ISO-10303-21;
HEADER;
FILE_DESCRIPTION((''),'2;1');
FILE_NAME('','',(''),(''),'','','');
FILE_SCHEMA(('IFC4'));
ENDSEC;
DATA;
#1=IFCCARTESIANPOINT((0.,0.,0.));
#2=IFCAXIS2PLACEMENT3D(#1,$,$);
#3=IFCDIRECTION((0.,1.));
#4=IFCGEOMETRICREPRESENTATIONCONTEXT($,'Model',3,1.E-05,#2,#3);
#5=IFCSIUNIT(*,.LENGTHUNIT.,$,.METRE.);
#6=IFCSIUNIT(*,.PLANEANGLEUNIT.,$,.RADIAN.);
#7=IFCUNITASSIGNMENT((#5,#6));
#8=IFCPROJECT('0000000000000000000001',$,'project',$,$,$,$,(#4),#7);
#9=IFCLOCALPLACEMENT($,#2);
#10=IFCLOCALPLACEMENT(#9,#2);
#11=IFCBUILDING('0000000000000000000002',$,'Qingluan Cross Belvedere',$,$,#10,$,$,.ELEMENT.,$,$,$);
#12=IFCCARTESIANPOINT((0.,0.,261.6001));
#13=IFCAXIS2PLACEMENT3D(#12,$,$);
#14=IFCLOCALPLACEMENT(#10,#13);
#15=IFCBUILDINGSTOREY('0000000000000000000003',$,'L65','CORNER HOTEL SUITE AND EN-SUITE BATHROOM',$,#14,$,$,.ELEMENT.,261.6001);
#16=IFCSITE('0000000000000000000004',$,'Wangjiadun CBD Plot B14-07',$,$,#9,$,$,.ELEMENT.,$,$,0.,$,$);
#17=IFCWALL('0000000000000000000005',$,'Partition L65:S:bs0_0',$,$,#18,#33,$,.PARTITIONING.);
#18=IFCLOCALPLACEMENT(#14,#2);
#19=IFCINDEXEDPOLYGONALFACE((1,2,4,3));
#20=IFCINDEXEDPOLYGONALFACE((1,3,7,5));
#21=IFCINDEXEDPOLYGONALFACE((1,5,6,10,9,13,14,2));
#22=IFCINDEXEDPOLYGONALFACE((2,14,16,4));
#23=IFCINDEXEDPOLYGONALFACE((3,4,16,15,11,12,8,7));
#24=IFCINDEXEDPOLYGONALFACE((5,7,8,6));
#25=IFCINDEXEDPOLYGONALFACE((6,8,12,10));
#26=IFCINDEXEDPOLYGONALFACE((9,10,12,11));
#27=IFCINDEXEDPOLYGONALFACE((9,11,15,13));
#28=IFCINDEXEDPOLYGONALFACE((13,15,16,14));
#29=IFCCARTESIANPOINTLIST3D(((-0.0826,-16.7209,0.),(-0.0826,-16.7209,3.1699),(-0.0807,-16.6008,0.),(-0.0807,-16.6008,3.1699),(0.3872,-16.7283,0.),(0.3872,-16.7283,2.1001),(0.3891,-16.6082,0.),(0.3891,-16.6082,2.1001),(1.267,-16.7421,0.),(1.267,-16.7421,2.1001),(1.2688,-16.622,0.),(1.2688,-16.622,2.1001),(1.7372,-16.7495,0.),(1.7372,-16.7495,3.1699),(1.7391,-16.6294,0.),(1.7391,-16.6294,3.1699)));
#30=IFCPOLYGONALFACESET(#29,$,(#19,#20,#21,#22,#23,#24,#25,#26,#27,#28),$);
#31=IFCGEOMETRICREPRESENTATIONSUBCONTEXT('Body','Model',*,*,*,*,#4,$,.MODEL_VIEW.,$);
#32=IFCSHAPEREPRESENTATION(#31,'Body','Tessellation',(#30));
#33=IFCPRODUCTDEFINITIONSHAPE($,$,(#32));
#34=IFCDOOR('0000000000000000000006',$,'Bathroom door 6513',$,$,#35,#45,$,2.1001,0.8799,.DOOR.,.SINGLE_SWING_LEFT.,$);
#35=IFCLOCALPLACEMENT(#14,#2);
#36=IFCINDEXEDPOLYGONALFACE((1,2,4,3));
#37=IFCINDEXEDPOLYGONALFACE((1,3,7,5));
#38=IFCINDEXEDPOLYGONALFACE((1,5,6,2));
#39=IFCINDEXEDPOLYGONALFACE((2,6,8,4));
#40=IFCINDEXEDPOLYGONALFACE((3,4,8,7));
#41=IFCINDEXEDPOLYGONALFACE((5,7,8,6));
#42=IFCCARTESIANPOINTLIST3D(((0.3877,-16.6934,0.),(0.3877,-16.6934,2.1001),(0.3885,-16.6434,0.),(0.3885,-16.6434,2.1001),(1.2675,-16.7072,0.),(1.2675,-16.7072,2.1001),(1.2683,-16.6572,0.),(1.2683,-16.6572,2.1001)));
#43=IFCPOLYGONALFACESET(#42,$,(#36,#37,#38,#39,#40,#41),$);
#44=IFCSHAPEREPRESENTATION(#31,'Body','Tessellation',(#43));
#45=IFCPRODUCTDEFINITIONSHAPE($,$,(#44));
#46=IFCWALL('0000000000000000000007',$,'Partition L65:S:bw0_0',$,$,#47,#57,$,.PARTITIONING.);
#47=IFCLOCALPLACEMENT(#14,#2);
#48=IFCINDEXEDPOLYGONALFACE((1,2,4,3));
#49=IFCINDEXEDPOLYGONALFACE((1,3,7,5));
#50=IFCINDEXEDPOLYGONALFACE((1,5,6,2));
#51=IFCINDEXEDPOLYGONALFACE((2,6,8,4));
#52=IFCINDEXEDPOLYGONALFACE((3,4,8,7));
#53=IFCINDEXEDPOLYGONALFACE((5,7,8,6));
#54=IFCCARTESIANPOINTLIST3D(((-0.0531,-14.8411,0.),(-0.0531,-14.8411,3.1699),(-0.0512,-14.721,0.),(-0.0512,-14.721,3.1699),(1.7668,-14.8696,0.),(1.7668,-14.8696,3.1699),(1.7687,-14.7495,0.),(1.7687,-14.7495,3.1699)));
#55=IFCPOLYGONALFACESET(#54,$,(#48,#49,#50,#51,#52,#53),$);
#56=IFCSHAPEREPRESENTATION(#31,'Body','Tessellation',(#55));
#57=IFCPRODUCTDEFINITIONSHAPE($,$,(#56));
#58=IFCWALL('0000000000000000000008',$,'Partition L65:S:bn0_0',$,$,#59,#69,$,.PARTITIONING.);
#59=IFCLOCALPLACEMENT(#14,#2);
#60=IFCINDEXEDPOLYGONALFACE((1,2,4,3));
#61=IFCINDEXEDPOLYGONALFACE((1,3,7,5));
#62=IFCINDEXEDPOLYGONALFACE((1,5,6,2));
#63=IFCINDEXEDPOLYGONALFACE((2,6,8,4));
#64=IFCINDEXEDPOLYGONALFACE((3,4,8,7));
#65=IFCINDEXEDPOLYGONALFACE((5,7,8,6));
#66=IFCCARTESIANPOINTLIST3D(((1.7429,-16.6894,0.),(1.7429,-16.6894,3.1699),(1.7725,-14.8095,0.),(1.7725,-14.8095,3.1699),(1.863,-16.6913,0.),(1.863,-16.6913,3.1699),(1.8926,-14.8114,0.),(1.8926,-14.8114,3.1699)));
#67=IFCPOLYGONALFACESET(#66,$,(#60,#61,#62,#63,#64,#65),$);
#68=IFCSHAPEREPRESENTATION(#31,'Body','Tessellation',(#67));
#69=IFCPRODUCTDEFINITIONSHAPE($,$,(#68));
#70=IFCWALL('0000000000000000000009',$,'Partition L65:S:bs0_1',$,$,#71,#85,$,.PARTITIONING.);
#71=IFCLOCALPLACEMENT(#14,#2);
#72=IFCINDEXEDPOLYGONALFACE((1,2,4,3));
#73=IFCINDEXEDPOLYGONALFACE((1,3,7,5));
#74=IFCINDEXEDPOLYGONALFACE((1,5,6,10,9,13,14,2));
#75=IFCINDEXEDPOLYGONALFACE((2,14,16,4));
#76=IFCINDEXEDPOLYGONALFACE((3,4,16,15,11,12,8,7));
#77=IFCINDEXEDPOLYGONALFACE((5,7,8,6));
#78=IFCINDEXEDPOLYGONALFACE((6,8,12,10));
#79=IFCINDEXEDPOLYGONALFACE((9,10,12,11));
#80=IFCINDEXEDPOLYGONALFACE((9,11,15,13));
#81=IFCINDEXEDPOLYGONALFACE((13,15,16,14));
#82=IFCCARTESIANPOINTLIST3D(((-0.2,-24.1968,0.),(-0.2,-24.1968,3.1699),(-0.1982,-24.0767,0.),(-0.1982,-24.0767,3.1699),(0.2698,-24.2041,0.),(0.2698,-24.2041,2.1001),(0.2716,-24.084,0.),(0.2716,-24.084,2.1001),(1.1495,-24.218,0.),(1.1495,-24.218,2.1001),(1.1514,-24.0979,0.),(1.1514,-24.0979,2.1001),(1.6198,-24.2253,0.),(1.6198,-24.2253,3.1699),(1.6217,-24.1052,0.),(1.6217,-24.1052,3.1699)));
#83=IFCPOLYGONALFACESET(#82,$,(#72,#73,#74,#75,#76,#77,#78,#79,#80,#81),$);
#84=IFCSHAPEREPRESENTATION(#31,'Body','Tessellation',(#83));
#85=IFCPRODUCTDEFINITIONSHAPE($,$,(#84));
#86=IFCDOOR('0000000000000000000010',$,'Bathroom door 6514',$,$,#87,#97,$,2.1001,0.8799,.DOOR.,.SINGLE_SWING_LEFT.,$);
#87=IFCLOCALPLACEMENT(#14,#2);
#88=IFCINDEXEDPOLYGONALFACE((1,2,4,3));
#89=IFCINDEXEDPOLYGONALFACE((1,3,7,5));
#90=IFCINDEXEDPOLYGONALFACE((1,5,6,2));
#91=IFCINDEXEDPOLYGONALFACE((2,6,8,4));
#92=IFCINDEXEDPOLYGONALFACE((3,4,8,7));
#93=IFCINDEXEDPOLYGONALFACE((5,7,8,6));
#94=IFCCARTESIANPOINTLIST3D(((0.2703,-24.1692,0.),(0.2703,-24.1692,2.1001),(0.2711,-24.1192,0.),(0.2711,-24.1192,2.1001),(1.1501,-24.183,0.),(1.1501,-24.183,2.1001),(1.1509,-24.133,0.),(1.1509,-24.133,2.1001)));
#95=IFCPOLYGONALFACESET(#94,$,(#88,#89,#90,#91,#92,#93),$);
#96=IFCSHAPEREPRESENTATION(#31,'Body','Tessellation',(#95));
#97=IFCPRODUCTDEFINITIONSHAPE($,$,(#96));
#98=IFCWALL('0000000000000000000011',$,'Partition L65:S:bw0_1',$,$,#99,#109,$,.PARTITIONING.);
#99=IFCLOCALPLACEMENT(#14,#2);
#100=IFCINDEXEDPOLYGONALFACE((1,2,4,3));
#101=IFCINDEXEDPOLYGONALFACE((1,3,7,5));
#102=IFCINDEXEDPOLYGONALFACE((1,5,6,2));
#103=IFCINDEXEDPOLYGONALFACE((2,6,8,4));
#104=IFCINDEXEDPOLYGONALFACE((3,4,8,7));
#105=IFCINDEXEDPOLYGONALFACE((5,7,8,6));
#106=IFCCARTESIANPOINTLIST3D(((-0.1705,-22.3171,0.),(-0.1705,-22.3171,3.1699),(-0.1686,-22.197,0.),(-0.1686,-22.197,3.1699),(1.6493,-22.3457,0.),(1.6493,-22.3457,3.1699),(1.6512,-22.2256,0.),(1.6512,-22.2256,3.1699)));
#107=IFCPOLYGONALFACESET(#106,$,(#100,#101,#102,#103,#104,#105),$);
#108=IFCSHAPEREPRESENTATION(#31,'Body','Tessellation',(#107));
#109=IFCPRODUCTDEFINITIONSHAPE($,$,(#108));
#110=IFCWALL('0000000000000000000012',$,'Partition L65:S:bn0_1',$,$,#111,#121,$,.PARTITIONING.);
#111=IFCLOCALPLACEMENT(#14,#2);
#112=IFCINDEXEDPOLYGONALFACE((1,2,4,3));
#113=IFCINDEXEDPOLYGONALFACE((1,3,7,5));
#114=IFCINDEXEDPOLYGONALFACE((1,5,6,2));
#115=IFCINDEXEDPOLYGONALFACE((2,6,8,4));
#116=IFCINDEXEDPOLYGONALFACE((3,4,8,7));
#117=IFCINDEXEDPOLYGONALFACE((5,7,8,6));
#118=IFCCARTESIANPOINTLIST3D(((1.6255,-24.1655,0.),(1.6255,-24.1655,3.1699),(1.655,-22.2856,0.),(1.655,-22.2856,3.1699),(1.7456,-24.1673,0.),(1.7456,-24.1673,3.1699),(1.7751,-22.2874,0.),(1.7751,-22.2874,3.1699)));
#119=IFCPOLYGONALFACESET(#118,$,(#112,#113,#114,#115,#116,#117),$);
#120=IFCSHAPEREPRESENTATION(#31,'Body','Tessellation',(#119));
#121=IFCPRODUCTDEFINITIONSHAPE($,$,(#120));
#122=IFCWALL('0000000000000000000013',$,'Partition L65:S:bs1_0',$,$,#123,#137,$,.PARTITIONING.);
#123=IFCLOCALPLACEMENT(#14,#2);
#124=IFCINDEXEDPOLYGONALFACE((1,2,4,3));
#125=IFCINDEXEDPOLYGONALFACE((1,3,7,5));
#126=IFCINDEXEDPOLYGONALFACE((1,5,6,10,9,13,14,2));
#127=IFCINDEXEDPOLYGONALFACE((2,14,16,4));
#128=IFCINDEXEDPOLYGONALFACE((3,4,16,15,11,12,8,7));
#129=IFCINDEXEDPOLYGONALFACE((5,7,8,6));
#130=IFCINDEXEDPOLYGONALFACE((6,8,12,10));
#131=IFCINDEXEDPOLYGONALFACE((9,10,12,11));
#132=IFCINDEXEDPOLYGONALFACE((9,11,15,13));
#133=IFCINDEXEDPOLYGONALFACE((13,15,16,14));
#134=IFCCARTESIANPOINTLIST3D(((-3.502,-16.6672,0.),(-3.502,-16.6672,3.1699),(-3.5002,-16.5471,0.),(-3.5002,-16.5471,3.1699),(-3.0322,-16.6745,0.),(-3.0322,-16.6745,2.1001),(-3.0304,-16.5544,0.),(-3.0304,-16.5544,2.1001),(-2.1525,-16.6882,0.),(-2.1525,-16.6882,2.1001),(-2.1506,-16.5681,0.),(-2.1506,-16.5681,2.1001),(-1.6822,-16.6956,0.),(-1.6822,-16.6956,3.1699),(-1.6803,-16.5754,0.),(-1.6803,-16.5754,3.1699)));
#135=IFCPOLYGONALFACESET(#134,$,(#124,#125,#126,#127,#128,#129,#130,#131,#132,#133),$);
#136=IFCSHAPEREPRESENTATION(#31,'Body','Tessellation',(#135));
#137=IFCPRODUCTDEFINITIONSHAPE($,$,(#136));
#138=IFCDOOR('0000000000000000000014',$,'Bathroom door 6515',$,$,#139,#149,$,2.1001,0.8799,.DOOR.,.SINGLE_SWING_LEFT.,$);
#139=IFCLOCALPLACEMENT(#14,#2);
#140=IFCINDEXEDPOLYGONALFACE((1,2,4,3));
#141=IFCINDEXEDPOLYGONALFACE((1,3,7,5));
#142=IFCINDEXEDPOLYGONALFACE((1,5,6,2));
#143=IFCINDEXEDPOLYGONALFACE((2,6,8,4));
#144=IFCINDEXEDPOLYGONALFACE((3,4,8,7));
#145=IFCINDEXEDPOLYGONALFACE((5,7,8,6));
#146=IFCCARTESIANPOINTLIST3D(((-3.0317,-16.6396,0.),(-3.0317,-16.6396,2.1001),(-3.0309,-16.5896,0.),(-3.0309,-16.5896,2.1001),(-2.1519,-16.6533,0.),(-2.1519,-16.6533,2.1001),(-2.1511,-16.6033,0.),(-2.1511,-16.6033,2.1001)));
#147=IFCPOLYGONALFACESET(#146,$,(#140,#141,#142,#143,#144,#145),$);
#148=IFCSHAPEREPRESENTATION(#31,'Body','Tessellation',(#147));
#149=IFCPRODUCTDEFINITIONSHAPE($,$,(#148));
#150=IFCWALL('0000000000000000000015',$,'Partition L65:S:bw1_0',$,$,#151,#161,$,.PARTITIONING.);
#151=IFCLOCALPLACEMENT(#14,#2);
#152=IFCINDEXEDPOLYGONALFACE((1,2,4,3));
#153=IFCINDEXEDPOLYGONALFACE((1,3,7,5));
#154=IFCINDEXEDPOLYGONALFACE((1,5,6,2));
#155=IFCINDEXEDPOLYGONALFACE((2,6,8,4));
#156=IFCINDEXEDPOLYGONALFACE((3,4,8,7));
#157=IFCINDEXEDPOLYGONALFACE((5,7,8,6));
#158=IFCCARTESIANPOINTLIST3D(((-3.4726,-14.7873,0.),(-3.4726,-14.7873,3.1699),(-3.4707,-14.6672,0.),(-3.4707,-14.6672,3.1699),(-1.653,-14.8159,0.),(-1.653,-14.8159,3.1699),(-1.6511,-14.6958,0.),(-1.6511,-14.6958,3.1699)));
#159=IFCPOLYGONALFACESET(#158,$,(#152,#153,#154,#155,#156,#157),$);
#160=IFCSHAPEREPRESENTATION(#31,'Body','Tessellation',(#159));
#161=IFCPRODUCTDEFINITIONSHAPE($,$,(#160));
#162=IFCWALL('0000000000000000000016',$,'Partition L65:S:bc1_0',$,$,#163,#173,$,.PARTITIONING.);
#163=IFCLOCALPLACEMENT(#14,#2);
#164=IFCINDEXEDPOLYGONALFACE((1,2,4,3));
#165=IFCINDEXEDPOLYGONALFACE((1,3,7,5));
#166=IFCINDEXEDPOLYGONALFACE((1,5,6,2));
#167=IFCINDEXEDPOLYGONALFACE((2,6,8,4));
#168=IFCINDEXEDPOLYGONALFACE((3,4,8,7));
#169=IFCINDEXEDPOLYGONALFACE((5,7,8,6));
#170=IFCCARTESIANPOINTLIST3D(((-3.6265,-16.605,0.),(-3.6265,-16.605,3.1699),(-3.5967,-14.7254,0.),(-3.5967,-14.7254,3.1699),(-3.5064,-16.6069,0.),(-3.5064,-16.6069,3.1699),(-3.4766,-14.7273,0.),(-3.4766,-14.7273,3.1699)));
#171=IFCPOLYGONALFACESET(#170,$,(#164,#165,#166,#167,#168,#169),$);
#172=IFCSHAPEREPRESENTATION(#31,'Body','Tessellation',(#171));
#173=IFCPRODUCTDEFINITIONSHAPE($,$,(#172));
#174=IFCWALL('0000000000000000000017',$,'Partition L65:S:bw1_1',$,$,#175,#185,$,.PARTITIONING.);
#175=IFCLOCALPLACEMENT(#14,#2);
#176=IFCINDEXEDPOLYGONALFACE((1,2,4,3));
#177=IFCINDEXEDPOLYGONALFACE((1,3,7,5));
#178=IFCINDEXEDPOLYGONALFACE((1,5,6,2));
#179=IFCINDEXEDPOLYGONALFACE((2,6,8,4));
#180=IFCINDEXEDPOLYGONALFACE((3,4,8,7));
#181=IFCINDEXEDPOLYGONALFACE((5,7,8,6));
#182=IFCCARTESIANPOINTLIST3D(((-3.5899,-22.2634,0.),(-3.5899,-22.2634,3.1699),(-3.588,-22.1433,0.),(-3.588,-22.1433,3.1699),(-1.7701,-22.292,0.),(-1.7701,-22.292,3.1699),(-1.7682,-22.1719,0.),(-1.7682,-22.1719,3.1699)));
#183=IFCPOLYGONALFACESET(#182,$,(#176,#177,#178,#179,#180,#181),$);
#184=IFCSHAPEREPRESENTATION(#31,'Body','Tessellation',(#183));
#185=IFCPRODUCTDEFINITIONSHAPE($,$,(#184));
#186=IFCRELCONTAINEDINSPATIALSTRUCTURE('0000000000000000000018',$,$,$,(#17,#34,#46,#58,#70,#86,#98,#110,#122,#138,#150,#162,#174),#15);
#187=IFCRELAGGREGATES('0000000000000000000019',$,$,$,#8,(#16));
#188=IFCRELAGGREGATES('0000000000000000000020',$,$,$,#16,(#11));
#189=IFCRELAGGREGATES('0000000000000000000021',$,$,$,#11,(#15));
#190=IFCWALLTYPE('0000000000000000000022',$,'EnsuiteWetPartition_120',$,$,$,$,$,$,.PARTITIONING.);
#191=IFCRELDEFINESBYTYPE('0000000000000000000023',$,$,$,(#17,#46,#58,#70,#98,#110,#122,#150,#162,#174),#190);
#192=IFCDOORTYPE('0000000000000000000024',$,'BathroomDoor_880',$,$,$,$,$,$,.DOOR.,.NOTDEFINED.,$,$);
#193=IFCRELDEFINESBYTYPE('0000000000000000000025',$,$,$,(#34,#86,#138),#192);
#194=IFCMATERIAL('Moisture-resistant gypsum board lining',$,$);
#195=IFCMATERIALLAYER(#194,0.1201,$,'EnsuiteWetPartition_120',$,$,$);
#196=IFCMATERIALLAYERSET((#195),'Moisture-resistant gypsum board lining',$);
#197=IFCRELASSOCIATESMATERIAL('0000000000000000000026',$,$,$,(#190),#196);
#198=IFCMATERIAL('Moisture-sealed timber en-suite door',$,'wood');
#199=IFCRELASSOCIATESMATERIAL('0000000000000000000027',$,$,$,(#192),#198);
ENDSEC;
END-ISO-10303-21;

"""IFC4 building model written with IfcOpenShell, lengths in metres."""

from ifc_helpers import new_model, si_unit, direction, frame, frame_2d, origin, place, context, subcontext, project, spatial, rectangle, extrude, material, layer, layer_set, type_object, element, fill, save


model = new_model("IFC4")

# Units and contexts
model_context = context("Model", 3, precision=1e-05, world=origin(), true_north=direction((0.0, 1.0)))
body_context = subcontext(model_context, "Body", "Model", "MODEL_VIEW")
ifc_project = project(units=[si_unit("LENGTHUNIT", "METRE"), si_unit("PLANEANGLEUNIT", "RADIAN")], contexts=[model_context])

# Site, building, storey
site_placement = place(None, origin())
site = spatial("IfcSite", under=ifc_project, at=site_placement, Name="Wangjiadun CBD Plot B14-07", CompositionType="ELEMENT", RefElevation=0.0)
building_placement = place(site_placement, origin())
building = spatial("IfcBuilding", under=site, at=building_placement, Name="Qingluan Cross Belvedere", CompositionType="ELEMENT")
storey_placement = place(building_placement, frame((0.0, 0.0, 261.6001)))
storey = spatial("IfcBuildingStorey", under=building, at=storey_placement, Name="L65", Description="CORNER HOTEL SUITE AND EN-SUITE BATHROOM", CompositionType="ELEMENT", Elevation=261.6001)

# Wall, opening, door
ifc_material_1 = material(Name="Moisture-resistant gypsum board lining")
ifc_layer_1 = layer(ifc_material_1, 0.1201, Name="EnsuiteWetPartition_120")
ifc_layer_set_1 = layer_set([ifc_layer_1], Name="Moisture-resistant gypsum board lining")
wall_type_1 = type_object("IfcWallType", Name="EnsuiteWetPartition_120", PredefinedType="PARTITIONING", material=ifc_layer_set_1)
wall_1_placement = place(storey_placement, frame((-0.0818, -16.6609, 0.0), z_axis=(0.0, 0.0, 1.0), x_axis=(0.999877, -0.015694, 0.0)))
wall_1 = element("IfcWall", 1, at=wall_1_placement, inside=storey, type_object=wall_type_1, Name="Partition L65:S:bs0_0", PredefinedType="PARTITIONING", context=body_context, shape_type="SweptSolid", body=[
    extrude(rectangle(XDim=1.8201, YDim=0.1201, at=frame_2d((0.9102, 0.0))), origin(), (0.0, 0.0, 1.0), 3.1699),
])
opening_1_placement = place(wall_1_placement, frame((0.47, 0.0, 0.0)))
opening_1 = element("IfcOpeningElement", 2, at=opening_1_placement, cuts=wall_1, PredefinedType="OPENING", context=body_context, shape_type="SweptSolid", body=[
    extrude(rectangle(XDim=0.8799, YDim=2.1001, at=frame_2d((0.4399, 1.05))), frame((0.0, 0.0701, 0.0), z_axis=(0.0, -1.0, 0.0), x_axis=(1.0, 0.0, 0.0)), (0.0, 0.0, 1.0), 0.1401),
])
ifc_material_2 = material(Name="Moisture-sealed timber en-suite door", Category="wood")
door_type_1 = type_object("IfcDoorType", Name="BathroomDoor_880", OperationType="NOTDEFINED", PredefinedType="DOOR", material=ifc_material_2)
door_1_placement = place(opening_1_placement, origin())
door_1 = element("IfcDoor", 3, at=door_1_placement, inside=storey, type_object=door_type_1, Name="Bathroom door 6513", OperationType="SINGLE_SWING_LEFT", OverallHeight=2.1001, OverallWidth=0.8799, PredefinedType="DOOR", context=body_context, shape_type="SweptSolid", body=[
    extrude(rectangle(XDim=0.8799, YDim=2.1001, at=frame_2d((0.4399, 1.05))), frame((0.0, 0.0249, 0.0), z_axis=(0.0, -1.0, 0.0), x_axis=(1.0, 0.0, 0.0)), (0.0, 0.0, 1.0), 0.05),
])
fill(opening_1, door_1)

# Walls
wall_2_placement = place(storey_placement, frame((-0.0522, -14.781, 0.0), z_axis=(0.0, 0.0, 1.0), x_axis=(0.999877, -0.015694, 0.0)))
element("IfcWall", 4, at=wall_2_placement, inside=storey, type_object=wall_type_1, Name="Partition L65:S:bw0_0", PredefinedType="PARTITIONING", context=body_context, shape_type="SweptSolid", body=[
    extrude(rectangle(XDim=1.8201, YDim=0.1201, at=frame_2d((0.9102, 0.0))), origin(), (0.0, 0.0, 1.0), 3.1699),
])
wall_3_placement = place(storey_placement, frame((1.8325, -14.8105, 0.0), z_axis=(0.0, 0.0, 1.0), x_axis=(-0.015712, -0.999877, 0.0)))
element("IfcWall", 5, at=wall_3_placement, inside=storey, type_object=wall_type_1, Name="Partition L65:S:bn0_0", PredefinedType="PARTITIONING", context=body_context, shape_type="SweptSolid", body=[
    extrude(rectangle(XDim=1.8801, YDim=0.1201, at=frame_2d((0.9399, 0.0))), origin(), (0.0, 0.0, 1.0), 3.1699),
])

# Wall, opening, door
wall_4_placement = place(storey_placement, frame((-0.1992, -24.1367, 0.0), z_axis=(0.0, 0.0, 1.0), x_axis=(0.999877, -0.015694, 0.0)))
wall_4 = element("IfcWall", 6, at=wall_4_placement, inside=storey, type_object=wall_type_1, Name="Partition L65:S:bs0_1", PredefinedType="PARTITIONING", context=body_context, shape_type="SweptSolid", body=[
    extrude(rectangle(XDim=1.8201, YDim=0.1201, at=frame_2d((0.9102, 0.0))), origin(), (0.0, 0.0, 1.0), 3.1699),
])
opening_2_placement = place(wall_4_placement, frame((0.47, 0.0, 0.0)))
opening_2 = element("IfcOpeningElement", 7, at=opening_2_placement, cuts=wall_4, PredefinedType="OPENING", context=body_context, shape_type="SweptSolid", body=[
    extrude(rectangle(XDim=0.8799, YDim=2.1001, at=frame_2d((0.4399, 1.05))), frame((0.0, 0.0701, 0.0), z_axis=(0.0, -1.0, 0.0), x_axis=(1.0, 0.0, 0.0)), (0.0, 0.0, 1.0), 0.1401),
])
door_2_placement = place(opening_2_placement, origin())
door_2 = element("IfcDoor", 8, at=door_2_placement, inside=storey, type_object=door_type_1, Name="Bathroom door 6514", OperationType="SINGLE_SWING_LEFT", OverallHeight=2.1001, OverallWidth=0.8799, PredefinedType="DOOR", context=body_context, shape_type="SweptSolid", body=[
    extrude(rectangle(XDim=0.8799, YDim=2.1001, at=frame_2d((0.4399, 1.05))), frame((0.0, 0.0249, 0.0), z_axis=(0.0, -1.0, 0.0), x_axis=(1.0, 0.0, 0.0)), (0.0, 0.0, 1.0), 0.05),
])
fill(opening_2, door_2)

# Walls
wall_5_placement = place(storey_placement, frame((-0.1697, -22.2571, 0.0), z_axis=(0.0, 0.0, 1.0), x_axis=(0.999877, -0.015694, 0.0)))
element("IfcWall", 9, at=wall_5_placement, inside=storey, type_object=wall_type_1, Name="Partition L65:S:bw0_1", PredefinedType="PARTITIONING", context=body_context, shape_type="SweptSolid", body=[
    extrude(rectangle(XDim=1.8201, YDim=0.1201, at=frame_2d((0.9102, 0.0))), origin(), (0.0, 0.0, 1.0), 3.1699),
])
wall_6_placement = place(storey_placement, frame((1.7151, -22.2866, 0.0), z_axis=(0.0, 0.0, 1.0), x_axis=(-0.015712, -0.999877, 0.0)))
element("IfcWall", 10, at=wall_6_placement, inside=storey, type_object=wall_type_1, Name="Partition L65:S:bn0_1", PredefinedType="PARTITIONING", context=body_context, shape_type="SweptSolid", body=[
    extrude(rectangle(XDim=1.8801, YDim=0.1201, at=frame_2d((0.9399, 0.0))), origin(), (0.0, 0.0, 1.0), 3.1699),
])

# Wall, opening, door
wall_7_placement = place(storey_placement, frame((-3.5012, -16.6072, 0.0), z_axis=(0.0, 0.0, 1.0), x_axis=(0.999879, -0.01556, 0.0)))
wall_7 = element("IfcWall", 11, at=wall_7_placement, inside=storey, type_object=wall_type_1, Name="Partition L65:S:bs1_0", PredefinedType="PARTITIONING", context=body_context, shape_type="SweptSolid", body=[
    extrude(rectangle(XDim=1.8201, YDim=0.1201, at=frame_2d((0.9102, 0.0))), origin(), (0.0, 0.0, 1.0), 3.1699),
])
opening_3_placement = place(wall_7_placement, frame((0.47, 0.0, 0.0)))
opening_3 = element("IfcOpeningElement", 12, at=opening_3_placement, cuts=wall_7, PredefinedType="OPENING", context=body_context, shape_type="SweptSolid", body=[
    extrude(rectangle(XDim=0.8799, YDim=2.1001, at=frame_2d((0.4399, 1.05))), frame((0.0, 0.0701, 0.0), z_axis=(0.0, -1.0, 0.0), x_axis=(1.0, 0.0, 0.0)), (0.0, 0.0, 1.0), 0.1401),
])
door_3_placement = place(opening_3_placement, origin())
door_3 = element("IfcDoor", 13, at=door_3_placement, inside=storey, type_object=door_type_1, Name="Bathroom door 6515", OperationType="SINGLE_SWING_LEFT", OverallHeight=2.1001, OverallWidth=0.8799, PredefinedType="DOOR", context=body_context, shape_type="SweptSolid", body=[
    extrude(rectangle(XDim=0.8799, YDim=2.1001, at=frame_2d((0.4399, 1.05))), frame((0.0, 0.0249, 0.0), z_axis=(0.0, -1.0, 0.0), x_axis=(1.0, 0.0, 0.0)), (0.0, 0.0, 1.0), 0.05),
])
fill(opening_3, door_3)

# Walls
wall_8_placement = place(storey_placement, frame((-3.4717, -14.7273, 0.0), z_axis=(0.0, 0.0, 1.0), x_axis=(0.999877, -0.015696, 0.0)))
element("IfcWall", 14, at=wall_8_placement, inside=storey, type_object=wall_type_1, Name="Partition L65:S:bw1_0", PredefinedType="PARTITIONING", context=body_context, shape_type="SweptSolid", body=[
    extrude(rectangle(XDim=1.8198, YDim=0.1201, at=frame_2d((0.9099, 0.0))), origin(), (0.0, 0.0, 1.0), 3.1699),
])
wall_9_placement = place(storey_placement, frame((-3.5366, -14.7263, 0.0), z_axis=(0.0, 0.0, 1.0), x_axis=(-0.015844, -0.999874, 0.0)))
element("IfcWall", 15, at=wall_9_placement, inside=storey, type_object=wall_type_1, Name="Partition L65:S:bc1_0", PredefinedType="PARTITIONING", context=body_context, shape_type="SweptSolid", body=[
    extrude(rectangle(XDim=1.8799, YDim=0.1201, at=frame_2d((0.9399, 0.0))), origin(), (0.0, 0.0, 1.0), 3.1699),
])
wall_10_placement = place(storey_placement, frame((-3.5891, -22.2034, 0.0), z_axis=(0.0, 0.0, 1.0), x_axis=(0.999877, -0.015694, 0.0)))
element("IfcWall", 16, at=wall_10_placement, inside=storey, type_object=wall_type_1, Name="Partition L65:S:bw1_1", PredefinedType="PARTITIONING", context=body_context, shape_type="SweptSolid", body=[
    extrude(rectangle(XDim=1.8201, YDim=0.1201, at=frame_2d((0.9102, 0.0))), origin(), (0.0, 0.0, 1.0), 3.1699),
])

save(model, "model.ifc")
